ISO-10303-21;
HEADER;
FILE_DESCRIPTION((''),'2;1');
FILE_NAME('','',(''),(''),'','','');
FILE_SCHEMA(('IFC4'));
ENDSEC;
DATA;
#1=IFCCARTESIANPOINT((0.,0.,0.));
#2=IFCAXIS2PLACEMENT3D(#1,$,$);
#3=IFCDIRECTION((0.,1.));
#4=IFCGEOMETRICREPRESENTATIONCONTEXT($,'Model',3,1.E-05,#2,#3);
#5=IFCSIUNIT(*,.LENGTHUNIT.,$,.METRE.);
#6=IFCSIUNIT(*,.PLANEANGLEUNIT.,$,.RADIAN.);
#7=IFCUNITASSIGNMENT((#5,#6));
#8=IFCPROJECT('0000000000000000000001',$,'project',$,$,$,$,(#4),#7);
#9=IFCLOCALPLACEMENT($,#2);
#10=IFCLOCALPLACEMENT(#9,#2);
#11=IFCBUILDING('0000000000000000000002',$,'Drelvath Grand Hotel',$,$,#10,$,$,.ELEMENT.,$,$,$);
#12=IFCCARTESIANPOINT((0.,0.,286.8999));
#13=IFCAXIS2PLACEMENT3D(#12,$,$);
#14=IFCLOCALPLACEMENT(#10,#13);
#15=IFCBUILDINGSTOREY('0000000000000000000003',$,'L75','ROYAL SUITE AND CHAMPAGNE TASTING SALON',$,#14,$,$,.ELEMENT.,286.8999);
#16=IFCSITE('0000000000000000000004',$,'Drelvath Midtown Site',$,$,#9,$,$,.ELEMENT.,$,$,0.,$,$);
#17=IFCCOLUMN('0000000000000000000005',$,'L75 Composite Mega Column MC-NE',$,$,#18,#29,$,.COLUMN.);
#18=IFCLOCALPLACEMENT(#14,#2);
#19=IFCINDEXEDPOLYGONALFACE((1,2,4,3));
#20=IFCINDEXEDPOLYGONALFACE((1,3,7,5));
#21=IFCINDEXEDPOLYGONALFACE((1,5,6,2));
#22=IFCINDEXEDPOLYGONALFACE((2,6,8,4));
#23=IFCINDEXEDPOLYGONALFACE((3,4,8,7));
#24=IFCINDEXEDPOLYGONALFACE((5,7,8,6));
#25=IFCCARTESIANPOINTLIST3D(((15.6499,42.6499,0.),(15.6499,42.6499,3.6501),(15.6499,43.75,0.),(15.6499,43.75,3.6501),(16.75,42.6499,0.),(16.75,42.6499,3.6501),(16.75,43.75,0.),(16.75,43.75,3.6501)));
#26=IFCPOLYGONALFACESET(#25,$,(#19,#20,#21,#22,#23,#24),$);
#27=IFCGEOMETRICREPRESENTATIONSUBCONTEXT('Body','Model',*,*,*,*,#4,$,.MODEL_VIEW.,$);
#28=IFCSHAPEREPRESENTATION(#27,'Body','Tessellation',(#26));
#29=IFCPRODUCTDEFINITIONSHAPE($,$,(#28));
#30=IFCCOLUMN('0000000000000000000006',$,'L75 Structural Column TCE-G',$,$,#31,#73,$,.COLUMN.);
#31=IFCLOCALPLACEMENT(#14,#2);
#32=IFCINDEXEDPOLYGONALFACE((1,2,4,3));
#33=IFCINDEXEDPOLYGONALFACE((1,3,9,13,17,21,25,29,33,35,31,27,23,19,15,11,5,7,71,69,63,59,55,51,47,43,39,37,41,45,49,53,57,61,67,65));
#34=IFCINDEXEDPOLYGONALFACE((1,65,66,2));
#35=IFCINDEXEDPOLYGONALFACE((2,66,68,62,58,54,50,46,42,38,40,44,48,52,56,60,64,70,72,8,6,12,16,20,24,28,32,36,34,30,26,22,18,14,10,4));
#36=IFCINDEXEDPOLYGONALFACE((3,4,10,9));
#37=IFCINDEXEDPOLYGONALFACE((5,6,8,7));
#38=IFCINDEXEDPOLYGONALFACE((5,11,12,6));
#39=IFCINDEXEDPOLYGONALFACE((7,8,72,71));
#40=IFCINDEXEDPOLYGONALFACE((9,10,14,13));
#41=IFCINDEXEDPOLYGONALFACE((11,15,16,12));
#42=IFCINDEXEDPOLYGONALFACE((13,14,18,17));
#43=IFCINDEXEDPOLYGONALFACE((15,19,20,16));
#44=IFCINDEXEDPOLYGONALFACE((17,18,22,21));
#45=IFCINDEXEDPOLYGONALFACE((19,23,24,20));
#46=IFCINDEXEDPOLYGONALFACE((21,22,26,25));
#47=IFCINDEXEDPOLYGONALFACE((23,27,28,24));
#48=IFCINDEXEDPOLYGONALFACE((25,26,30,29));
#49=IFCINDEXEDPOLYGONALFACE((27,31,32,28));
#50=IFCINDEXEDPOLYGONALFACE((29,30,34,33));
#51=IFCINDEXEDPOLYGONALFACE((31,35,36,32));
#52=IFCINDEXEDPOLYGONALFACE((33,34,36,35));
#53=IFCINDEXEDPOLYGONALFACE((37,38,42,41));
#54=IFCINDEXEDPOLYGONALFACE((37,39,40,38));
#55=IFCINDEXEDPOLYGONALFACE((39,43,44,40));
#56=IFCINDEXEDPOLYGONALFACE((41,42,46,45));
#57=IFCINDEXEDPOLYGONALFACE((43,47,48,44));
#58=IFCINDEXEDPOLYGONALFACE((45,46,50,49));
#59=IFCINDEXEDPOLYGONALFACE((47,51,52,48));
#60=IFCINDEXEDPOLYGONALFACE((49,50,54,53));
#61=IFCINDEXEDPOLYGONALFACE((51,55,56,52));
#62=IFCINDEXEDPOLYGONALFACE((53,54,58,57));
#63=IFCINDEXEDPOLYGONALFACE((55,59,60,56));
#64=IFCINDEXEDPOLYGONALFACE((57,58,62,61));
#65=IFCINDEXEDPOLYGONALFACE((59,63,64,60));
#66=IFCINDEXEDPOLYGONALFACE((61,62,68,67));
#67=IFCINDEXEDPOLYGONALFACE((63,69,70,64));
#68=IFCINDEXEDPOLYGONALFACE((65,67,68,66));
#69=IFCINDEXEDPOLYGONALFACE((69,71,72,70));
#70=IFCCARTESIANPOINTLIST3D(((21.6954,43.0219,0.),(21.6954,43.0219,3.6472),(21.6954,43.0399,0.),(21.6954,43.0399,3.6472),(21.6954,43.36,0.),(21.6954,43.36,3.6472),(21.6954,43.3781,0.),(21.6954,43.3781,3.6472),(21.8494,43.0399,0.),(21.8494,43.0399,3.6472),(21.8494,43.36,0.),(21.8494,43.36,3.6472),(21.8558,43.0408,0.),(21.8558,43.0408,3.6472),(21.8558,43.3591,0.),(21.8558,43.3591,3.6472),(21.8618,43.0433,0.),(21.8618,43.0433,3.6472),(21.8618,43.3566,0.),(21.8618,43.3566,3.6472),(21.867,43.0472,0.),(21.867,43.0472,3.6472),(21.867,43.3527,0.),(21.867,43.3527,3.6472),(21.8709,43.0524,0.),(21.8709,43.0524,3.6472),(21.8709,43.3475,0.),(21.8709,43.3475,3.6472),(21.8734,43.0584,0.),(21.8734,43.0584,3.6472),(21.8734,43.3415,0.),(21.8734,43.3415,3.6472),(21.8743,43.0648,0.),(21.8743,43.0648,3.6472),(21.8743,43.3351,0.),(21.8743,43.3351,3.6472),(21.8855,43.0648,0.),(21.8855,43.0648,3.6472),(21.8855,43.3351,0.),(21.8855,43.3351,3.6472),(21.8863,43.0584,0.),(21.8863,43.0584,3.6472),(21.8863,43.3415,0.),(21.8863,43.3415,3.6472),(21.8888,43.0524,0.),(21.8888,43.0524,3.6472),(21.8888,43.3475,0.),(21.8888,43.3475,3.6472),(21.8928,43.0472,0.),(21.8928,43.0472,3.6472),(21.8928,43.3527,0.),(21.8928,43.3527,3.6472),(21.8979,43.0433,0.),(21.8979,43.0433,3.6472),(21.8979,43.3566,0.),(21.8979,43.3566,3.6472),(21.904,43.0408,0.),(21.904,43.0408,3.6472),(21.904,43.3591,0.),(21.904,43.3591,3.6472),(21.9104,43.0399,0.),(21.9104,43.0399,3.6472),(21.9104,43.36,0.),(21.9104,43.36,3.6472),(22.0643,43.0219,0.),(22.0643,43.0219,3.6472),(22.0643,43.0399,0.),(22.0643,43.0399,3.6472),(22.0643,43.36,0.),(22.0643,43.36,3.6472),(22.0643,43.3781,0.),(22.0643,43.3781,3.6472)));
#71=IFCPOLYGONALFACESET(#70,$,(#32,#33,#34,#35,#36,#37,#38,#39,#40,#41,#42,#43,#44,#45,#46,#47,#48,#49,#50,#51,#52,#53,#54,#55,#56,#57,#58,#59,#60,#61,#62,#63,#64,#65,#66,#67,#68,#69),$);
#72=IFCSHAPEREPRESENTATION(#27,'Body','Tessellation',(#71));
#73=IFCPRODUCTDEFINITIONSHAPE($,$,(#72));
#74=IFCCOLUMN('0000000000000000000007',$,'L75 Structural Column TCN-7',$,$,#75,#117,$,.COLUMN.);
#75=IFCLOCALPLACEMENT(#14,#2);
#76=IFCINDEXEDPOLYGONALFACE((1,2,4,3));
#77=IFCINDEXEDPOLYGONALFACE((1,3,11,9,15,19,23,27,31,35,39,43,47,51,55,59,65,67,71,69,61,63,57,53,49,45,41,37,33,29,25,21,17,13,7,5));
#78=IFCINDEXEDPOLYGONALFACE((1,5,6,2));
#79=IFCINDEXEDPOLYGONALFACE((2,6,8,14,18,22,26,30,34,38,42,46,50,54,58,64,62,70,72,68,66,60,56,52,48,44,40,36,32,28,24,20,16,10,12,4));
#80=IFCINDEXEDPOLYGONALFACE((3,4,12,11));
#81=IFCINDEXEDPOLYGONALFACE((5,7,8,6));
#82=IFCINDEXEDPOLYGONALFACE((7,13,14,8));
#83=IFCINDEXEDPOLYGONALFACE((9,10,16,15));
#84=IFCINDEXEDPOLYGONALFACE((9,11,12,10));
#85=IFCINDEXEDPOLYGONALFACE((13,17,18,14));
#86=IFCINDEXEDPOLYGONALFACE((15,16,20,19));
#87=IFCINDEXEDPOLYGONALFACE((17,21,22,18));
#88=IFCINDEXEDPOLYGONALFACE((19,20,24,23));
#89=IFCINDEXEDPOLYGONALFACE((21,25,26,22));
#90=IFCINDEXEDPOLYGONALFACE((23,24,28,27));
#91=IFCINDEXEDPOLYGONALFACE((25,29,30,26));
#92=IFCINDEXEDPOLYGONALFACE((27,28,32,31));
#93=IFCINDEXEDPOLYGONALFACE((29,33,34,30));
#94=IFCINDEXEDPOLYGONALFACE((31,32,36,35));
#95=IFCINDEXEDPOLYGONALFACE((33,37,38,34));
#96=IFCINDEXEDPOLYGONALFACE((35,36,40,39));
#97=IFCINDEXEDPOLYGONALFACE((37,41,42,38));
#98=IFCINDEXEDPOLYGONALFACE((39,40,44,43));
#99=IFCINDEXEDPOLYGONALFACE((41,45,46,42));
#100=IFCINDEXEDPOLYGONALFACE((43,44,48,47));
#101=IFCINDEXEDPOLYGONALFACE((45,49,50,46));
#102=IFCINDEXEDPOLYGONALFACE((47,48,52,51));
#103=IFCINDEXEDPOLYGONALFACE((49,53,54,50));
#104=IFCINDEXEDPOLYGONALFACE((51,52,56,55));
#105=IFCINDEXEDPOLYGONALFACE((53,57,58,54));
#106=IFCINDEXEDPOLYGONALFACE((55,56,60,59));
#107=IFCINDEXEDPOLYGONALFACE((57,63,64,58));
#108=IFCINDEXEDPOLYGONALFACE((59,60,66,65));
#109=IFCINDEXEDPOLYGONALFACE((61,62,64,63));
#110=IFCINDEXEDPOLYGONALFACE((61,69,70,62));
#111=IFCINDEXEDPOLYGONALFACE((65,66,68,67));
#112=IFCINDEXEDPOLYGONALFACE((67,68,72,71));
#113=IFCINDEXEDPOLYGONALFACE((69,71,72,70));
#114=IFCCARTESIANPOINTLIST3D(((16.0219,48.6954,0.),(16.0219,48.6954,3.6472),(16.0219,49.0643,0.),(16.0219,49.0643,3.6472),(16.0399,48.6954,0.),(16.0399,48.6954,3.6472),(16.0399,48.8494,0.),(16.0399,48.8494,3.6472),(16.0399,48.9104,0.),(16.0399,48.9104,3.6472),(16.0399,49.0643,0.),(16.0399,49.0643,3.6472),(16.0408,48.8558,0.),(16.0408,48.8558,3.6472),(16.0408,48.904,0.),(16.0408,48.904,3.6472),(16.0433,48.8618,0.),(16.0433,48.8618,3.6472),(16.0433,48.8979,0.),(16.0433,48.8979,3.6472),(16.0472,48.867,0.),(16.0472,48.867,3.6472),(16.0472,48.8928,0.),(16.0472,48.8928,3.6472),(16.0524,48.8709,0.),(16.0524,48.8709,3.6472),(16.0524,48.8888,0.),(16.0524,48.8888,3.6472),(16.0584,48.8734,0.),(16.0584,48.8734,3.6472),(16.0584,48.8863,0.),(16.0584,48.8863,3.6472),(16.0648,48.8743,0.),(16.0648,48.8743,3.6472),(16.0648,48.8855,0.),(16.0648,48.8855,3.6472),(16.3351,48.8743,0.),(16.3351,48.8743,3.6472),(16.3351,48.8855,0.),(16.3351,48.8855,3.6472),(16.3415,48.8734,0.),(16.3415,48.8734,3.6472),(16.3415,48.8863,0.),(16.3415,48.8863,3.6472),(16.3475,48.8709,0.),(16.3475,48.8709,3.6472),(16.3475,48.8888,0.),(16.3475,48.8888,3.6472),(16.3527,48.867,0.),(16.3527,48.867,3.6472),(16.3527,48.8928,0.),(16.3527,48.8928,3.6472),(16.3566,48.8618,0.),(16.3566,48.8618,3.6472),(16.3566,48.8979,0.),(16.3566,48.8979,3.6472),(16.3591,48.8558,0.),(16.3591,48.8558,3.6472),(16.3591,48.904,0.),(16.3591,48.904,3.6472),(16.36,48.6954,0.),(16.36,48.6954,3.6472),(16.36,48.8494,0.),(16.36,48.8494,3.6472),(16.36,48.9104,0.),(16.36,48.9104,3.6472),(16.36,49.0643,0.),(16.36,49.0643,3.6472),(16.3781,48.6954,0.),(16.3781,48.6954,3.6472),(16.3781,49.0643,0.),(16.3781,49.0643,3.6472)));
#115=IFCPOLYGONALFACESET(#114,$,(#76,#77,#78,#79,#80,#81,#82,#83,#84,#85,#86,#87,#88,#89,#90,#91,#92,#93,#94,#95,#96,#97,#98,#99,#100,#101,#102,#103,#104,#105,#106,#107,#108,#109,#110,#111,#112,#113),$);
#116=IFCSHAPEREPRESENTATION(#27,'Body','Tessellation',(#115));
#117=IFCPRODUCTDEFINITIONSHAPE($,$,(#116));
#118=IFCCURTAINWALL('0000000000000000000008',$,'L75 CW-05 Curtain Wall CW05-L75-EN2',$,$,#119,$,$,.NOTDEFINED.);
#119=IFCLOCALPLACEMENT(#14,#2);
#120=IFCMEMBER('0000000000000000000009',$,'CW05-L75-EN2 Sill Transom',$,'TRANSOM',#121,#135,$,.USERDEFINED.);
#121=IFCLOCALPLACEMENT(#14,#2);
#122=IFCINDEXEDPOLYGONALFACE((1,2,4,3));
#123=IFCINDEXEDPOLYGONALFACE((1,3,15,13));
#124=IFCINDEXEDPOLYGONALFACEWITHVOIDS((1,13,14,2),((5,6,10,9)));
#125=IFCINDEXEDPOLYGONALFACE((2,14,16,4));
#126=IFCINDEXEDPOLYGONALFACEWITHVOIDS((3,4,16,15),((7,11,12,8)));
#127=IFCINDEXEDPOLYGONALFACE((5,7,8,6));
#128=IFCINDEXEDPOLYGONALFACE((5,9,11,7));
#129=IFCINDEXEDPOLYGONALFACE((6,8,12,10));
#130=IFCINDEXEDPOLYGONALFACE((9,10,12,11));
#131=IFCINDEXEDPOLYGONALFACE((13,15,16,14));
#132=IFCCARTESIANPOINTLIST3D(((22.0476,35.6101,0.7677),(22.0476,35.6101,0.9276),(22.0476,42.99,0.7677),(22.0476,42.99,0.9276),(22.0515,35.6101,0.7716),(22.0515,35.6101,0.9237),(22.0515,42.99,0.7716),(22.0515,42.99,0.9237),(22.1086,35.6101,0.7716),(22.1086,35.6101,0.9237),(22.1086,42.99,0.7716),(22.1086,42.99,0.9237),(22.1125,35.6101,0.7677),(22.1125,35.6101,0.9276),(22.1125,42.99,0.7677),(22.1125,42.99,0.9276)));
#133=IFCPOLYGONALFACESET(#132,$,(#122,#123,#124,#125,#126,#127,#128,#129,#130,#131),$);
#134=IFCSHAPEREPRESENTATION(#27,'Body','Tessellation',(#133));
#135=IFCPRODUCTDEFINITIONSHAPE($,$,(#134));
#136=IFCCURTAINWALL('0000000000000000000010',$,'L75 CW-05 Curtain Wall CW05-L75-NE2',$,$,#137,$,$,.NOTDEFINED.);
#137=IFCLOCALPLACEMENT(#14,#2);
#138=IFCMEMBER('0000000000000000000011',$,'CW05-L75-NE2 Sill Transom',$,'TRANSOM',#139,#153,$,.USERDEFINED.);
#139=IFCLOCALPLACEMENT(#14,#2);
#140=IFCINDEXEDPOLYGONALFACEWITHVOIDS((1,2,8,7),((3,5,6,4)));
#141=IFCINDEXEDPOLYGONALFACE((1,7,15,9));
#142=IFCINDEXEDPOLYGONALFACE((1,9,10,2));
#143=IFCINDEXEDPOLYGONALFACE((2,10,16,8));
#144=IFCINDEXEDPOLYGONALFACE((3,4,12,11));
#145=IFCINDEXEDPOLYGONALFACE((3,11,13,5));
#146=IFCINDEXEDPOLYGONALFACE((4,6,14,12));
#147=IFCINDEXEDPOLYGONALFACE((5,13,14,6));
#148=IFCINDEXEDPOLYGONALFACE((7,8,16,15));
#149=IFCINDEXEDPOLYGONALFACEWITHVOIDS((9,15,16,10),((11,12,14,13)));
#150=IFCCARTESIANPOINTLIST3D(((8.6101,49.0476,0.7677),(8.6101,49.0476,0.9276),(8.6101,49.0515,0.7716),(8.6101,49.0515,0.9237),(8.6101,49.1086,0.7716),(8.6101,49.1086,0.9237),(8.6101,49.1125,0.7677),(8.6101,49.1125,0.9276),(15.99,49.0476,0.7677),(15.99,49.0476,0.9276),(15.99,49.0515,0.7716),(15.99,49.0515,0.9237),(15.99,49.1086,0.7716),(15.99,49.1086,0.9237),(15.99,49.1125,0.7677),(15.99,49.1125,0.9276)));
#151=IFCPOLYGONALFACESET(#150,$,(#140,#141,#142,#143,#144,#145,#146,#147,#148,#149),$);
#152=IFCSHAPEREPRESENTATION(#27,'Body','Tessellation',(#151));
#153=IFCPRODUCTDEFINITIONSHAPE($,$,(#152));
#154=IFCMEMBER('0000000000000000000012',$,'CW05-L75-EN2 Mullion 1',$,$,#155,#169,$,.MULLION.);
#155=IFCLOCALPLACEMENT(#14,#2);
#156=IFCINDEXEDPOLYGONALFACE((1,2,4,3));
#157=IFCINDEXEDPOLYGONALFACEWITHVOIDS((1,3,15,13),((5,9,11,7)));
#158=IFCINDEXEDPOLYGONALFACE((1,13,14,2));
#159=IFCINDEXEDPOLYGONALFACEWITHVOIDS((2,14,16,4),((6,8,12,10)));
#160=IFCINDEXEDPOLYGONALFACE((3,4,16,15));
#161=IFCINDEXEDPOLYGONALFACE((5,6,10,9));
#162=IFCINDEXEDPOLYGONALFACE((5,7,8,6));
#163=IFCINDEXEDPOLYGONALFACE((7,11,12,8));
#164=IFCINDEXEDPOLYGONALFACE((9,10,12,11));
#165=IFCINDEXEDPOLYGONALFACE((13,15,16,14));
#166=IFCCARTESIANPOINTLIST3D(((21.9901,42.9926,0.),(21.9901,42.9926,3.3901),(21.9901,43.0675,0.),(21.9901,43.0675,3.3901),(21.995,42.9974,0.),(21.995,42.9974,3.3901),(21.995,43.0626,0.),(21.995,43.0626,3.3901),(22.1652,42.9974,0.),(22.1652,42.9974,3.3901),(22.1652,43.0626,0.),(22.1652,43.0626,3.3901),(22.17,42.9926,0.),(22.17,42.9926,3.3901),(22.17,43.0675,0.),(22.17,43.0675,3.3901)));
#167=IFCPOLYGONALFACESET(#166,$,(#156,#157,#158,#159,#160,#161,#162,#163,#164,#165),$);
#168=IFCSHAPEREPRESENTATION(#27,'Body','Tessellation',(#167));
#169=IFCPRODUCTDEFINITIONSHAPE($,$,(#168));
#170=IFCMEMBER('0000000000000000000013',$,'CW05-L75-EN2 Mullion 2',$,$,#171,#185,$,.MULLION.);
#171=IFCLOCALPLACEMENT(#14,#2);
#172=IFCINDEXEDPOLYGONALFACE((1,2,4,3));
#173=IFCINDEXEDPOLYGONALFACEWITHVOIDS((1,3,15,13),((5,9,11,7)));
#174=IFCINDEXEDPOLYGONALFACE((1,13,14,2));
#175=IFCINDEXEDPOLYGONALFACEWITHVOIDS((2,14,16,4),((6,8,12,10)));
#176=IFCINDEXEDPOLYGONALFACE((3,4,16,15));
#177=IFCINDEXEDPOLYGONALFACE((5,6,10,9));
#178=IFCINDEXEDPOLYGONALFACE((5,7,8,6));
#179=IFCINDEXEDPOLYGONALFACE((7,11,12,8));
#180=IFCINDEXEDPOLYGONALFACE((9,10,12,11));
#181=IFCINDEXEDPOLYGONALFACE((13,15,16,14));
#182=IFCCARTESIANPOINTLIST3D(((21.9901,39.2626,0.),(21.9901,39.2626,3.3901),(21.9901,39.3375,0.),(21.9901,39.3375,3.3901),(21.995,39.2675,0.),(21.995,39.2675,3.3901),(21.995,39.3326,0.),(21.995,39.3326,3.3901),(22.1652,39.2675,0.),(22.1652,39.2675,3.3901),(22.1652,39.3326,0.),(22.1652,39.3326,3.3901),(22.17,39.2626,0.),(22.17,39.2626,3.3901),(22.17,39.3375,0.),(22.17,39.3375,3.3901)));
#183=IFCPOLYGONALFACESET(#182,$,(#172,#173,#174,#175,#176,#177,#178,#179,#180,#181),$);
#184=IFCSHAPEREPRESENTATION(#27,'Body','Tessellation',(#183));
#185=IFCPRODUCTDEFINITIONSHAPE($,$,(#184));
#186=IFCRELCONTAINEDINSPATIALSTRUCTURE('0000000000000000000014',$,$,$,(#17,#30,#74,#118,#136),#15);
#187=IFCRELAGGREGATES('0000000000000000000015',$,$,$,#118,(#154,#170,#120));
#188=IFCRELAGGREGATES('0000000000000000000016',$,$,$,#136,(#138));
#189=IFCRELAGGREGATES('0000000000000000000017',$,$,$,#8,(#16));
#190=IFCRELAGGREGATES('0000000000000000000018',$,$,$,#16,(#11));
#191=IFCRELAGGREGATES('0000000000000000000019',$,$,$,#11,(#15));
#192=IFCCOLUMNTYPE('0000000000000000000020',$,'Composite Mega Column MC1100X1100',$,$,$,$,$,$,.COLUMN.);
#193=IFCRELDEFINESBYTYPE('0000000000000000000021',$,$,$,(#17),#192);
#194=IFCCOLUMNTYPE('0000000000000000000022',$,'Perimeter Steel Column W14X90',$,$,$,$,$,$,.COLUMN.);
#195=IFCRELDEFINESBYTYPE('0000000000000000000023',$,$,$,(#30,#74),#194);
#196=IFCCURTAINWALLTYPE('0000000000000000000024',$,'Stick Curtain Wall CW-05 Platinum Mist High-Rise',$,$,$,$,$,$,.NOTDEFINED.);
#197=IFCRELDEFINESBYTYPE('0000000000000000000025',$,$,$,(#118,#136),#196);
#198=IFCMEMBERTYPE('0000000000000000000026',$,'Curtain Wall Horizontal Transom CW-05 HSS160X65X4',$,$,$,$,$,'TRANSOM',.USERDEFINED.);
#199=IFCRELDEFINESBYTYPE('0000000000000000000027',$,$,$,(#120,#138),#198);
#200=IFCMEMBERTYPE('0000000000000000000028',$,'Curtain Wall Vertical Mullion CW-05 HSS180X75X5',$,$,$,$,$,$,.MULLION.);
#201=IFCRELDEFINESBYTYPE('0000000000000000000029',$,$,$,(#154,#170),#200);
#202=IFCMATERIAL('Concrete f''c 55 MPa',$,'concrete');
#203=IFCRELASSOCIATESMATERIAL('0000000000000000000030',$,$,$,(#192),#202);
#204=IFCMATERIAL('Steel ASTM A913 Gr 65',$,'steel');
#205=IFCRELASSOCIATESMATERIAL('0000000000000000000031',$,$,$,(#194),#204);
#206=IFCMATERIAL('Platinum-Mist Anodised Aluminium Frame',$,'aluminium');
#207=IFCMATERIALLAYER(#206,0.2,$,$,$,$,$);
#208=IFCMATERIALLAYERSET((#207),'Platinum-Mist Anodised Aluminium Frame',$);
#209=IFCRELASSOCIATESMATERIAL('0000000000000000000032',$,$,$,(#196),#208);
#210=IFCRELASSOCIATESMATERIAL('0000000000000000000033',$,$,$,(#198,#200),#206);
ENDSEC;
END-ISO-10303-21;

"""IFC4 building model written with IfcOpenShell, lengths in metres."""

from ifc_helpers import new_model, si_unit, direction, frame, origin, origin_2d, place, context, subcontext, project, spatial, rectangle, hollow_rectangle, i_section, extrude, material, layer, layer_set, material_profile, profile_set, type_object, element, aggregate, save


model = new_model("IFC4")

# Units and contexts
model_context = context("Model", 3, precision=1e-05, world=origin(), true_north=direction((0.0, 1.0)))
body_context = subcontext(model_context, "Body", "Model", "MODEL_VIEW")
ifc_project = project(units=[si_unit("LENGTHUNIT", "METRE"), si_unit("PLANEANGLEUNIT", "RADIAN")], contexts=[model_context])

# Site, building, storey
site_placement = place(None, origin())
site = spatial("IfcSite", under=ifc_project, at=site_placement, Name="Drelvath Midtown Site", CompositionType="ELEMENT", RefElevation=0.0)
building_placement = place(site_placement, origin())
building = spatial("IfcBuilding", under=site, at=building_placement, Name="Drelvath Grand Hotel", CompositionType="ELEMENT")
storey_placement = place(building_placement, frame((0.0, 0.0, 286.8999)))
storey = spatial("IfcBuildingStorey", under=building, at=storey_placement, Name="L75", Description="ROYAL SUITE AND CHAMPAGNE TASTING SALON", CompositionType="ELEMENT", Elevation=286.8999)

# Columns
ifc_material_1 = material(Name="Concrete f'c 55 MPa", Category="concrete")
ifc_material_profile_1 = material_profile(ifc_material_1, rectangle(XDim=1.1001, YDim=1.1001, at=origin_2d()), Name="MC1100X1100")
ifc_profile_set_1 = profile_set([ifc_material_profile_1], Name="Concrete f'c 55 MPa")
column_type_1 = type_object("IfcColumnType", Name="Composite Mega Column MC1100X1100", PredefinedType="COLUMN", material=ifc_profile_set_1)
column_placement = place(storey_placement, frame((16.2, 43.2, 0.0), z_axis=(0.0, 0.0, 1.0), x_axis=(1.0, 0.0, 0.0)))
element("IfcColumn", 1, at=column_placement, inside=storey, type_object=column_type_1, Name="L75 Composite Mega Column MC-NE", PredefinedType="COLUMN", context=body_context, shape_type="SweptSolid", body=[
    extrude(rectangle(XDim=1.1001, YDim=1.1001, at=origin_2d()), origin(), (0.0, 0.0, 1.0), 3.6501),
])
ifc_material_2 = material(Name="Steel ASTM A913 Gr 65", Category="steel")
ifc_material_profile_2 = material_profile(ifc_material_2, i_section(OverallWidth=0.3689, OverallDepth=0.3562, WebThickness=0.0112, FlangeThickness=0.0181, FilletRadius=0.0249, at=origin_2d()), Name="W14X90")
ifc_profile_set_2 = profile_set([ifc_material_profile_2], Name="Steel ASTM A913 Gr 65")
column_type_2 = type_object("IfcColumnType", Name="Perimeter Steel Column W14X90", PredefinedType="COLUMN", material=ifc_profile_set_2)
for number, where, z_axis, x_axis, name in (
    (2, (21.8799, 43.2, 0.0), (0.0, 0.0, 1.0), (1.0, 0.0, 0.0), "L75 Structural Column TCE-G"),
    (3, (16.2, 48.8799, 0.0), (0.0, 0.0, 1.0), (0.0, 1.0, 0.0), "L75 Structural Column TCN-7"),
):
    element("IfcColumn", number, at=place(storey_placement, frame(where, z_axis=z_axis, x_axis=x_axis)), inside=storey, type_object=column_type_2, Name=name, PredefinedType="COLUMN", context=body_context, shape_type="SweptSolid", body=[
        extrude(i_section(OverallWidth=0.3689, OverallDepth=0.3562, WebThickness=0.0112, FlangeThickness=0.0181, FilletRadius=0.0249, at=origin_2d()), origin(), (0.0, 0.0, 1.0), 3.6472),
    ])

# Curtain walls, members
ifc_material_3 = material(Name="Platinum-Mist Anodised Aluminium Frame", Category="aluminium")
ifc_layer_1 = layer(ifc_material_3, 0.2)
ifc_layer_set_1 = layer_set([ifc_layer_1], Name="Platinum-Mist Anodised Aluminium Frame")
curtain_wall_type = type_object("IfcCurtainWallType", Name="Stick Curtain Wall CW-05 Platinum Mist High-Rise", PredefinedType="NOTDEFINED", material=ifc_layer_set_1)
curtain_wall_1_placement = place(storey_placement, origin())
curtain_wall_1 = element("IfcCurtainWall", 4, at=curtain_wall_1_placement, inside=storey, type_object=curtain_wall_type, Name="L75 CW-05 Curtain Wall CW05-L75-EN2", PredefinedType="NOTDEFINED")
ifc_material_profile_3 = material_profile(ifc_material_3, hollow_rectangle(XDim=0.0649, YDim=0.1599, WallThickness=0.0039, at=origin_2d()), Name="HSS160X65X4")
ifc_profile_set_3 = profile_set([ifc_material_profile_3], Name="Platinum-Mist Anodised Aluminium Frame")
member_type_1 = type_object("IfcMemberType", Name="Curtain Wall Horizontal Transom CW-05 HSS160X65X4", ElementType="TRANSOM", PredefinedType="USERDEFINED", material=ifc_profile_set_3)
member_1_placement = place(storey_placement, frame((22.0801, 42.99, 0.8477), z_axis=(0.0, -1.0, 0.0), x_axis=(1.0, 0.0, 0.0)))
member_1 = element("IfcMember", 5, at=member_1_placement, type_object=member_type_1, Name="CW05-L75-EN2 Sill Transom", ObjectType="TRANSOM", PredefinedType="USERDEFINED", context=body_context, shape_type="SweptSolid", body=[
    extrude(hollow_rectangle(XDim=0.0649, YDim=0.1599, WallThickness=0.0039, at=origin_2d()), origin(), (0.0, 0.0, 1.0), 7.3799),
])
curtain_wall_2_placement = place(storey_placement, origin())
curtain_wall_2 = element("IfcCurtainWall", 6, at=curtain_wall_2_placement, inside=storey, type_object=curtain_wall_type, Name="L75 CW-05 Curtain Wall CW05-L75-NE2", PredefinedType="NOTDEFINED")
member_2_placement = place(storey_placement, frame((8.6101, 49.0801, 0.8477), z_axis=(1.0, 0.0, 0.0), x_axis=(0.0, 1.0, 0.0)))
member_2 = element("IfcMember", 7, at=member_2_placement, type_object=member_type_1, Name="CW05-L75-NE2 Sill Transom", ObjectType="TRANSOM", PredefinedType="USERDEFINED", context=body_context, shape_type="SweptSolid", body=[
    extrude(hollow_rectangle(XDim=0.0649, YDim=0.1599, WallThickness=0.0039, at=origin_2d()), origin(), (0.0, 0.0, 1.0), 7.3799),
])

# Members
ifc_material_profile_4 = material_profile(ifc_material_3, hollow_rectangle(XDim=0.075, YDim=0.1799, WallThickness=0.0049, at=origin_2d()), Name="HSS180X75X5")
ifc_profile_set_4 = profile_set([ifc_material_profile_4], Name="Platinum-Mist Anodised Aluminium Frame")
member_type_2 = type_object("IfcMemberType", Name="Curtain Wall Vertical Mullion CW-05 HSS180X75X5", PredefinedType="MULLION", material=ifc_profile_set_4)
member_3_placement = place(storey_placement, frame((22.0801, 43.03, 0.0), z_axis=(0.0, 0.0, 1.0), x_axis=(0.0, 1.0, 0.0)))
member_3 = element("IfcMember", 8, at=member_3_placement, type_object=member_type_2, Name="CW05-L75-EN2 Mullion 1", PredefinedType="MULLION", context=body_context, shape_type="SweptSolid", body=[
    extrude(hollow_rectangle(XDim=0.075, YDim=0.1799, WallThickness=0.0049, at=origin_2d()), origin(), (0.0, 0.0, 1.0), 3.3901),
])
member_4_placement = place(storey_placement, frame((22.0801, 39.3, 0.0), z_axis=(0.0, 0.0, 1.0), x_axis=(0.0, 1.0, 0.0)))
member_4 = element("IfcMember", 9, at=member_4_placement, type_object=member_type_2, Name="CW05-L75-EN2 Mullion 2", PredefinedType="MULLION", context=body_context, shape_type="SweptSolid", body=[
    extrude(hollow_rectangle(XDim=0.075, YDim=0.1799, WallThickness=0.0049, at=origin_2d()), origin(), (0.0, 0.0, 1.0), 3.3901),
])

aggregate(curtain_wall_1, [member_3, member_4, member_1])
aggregate(curtain_wall_2, [member_2])

save(model, "model.ifc")
